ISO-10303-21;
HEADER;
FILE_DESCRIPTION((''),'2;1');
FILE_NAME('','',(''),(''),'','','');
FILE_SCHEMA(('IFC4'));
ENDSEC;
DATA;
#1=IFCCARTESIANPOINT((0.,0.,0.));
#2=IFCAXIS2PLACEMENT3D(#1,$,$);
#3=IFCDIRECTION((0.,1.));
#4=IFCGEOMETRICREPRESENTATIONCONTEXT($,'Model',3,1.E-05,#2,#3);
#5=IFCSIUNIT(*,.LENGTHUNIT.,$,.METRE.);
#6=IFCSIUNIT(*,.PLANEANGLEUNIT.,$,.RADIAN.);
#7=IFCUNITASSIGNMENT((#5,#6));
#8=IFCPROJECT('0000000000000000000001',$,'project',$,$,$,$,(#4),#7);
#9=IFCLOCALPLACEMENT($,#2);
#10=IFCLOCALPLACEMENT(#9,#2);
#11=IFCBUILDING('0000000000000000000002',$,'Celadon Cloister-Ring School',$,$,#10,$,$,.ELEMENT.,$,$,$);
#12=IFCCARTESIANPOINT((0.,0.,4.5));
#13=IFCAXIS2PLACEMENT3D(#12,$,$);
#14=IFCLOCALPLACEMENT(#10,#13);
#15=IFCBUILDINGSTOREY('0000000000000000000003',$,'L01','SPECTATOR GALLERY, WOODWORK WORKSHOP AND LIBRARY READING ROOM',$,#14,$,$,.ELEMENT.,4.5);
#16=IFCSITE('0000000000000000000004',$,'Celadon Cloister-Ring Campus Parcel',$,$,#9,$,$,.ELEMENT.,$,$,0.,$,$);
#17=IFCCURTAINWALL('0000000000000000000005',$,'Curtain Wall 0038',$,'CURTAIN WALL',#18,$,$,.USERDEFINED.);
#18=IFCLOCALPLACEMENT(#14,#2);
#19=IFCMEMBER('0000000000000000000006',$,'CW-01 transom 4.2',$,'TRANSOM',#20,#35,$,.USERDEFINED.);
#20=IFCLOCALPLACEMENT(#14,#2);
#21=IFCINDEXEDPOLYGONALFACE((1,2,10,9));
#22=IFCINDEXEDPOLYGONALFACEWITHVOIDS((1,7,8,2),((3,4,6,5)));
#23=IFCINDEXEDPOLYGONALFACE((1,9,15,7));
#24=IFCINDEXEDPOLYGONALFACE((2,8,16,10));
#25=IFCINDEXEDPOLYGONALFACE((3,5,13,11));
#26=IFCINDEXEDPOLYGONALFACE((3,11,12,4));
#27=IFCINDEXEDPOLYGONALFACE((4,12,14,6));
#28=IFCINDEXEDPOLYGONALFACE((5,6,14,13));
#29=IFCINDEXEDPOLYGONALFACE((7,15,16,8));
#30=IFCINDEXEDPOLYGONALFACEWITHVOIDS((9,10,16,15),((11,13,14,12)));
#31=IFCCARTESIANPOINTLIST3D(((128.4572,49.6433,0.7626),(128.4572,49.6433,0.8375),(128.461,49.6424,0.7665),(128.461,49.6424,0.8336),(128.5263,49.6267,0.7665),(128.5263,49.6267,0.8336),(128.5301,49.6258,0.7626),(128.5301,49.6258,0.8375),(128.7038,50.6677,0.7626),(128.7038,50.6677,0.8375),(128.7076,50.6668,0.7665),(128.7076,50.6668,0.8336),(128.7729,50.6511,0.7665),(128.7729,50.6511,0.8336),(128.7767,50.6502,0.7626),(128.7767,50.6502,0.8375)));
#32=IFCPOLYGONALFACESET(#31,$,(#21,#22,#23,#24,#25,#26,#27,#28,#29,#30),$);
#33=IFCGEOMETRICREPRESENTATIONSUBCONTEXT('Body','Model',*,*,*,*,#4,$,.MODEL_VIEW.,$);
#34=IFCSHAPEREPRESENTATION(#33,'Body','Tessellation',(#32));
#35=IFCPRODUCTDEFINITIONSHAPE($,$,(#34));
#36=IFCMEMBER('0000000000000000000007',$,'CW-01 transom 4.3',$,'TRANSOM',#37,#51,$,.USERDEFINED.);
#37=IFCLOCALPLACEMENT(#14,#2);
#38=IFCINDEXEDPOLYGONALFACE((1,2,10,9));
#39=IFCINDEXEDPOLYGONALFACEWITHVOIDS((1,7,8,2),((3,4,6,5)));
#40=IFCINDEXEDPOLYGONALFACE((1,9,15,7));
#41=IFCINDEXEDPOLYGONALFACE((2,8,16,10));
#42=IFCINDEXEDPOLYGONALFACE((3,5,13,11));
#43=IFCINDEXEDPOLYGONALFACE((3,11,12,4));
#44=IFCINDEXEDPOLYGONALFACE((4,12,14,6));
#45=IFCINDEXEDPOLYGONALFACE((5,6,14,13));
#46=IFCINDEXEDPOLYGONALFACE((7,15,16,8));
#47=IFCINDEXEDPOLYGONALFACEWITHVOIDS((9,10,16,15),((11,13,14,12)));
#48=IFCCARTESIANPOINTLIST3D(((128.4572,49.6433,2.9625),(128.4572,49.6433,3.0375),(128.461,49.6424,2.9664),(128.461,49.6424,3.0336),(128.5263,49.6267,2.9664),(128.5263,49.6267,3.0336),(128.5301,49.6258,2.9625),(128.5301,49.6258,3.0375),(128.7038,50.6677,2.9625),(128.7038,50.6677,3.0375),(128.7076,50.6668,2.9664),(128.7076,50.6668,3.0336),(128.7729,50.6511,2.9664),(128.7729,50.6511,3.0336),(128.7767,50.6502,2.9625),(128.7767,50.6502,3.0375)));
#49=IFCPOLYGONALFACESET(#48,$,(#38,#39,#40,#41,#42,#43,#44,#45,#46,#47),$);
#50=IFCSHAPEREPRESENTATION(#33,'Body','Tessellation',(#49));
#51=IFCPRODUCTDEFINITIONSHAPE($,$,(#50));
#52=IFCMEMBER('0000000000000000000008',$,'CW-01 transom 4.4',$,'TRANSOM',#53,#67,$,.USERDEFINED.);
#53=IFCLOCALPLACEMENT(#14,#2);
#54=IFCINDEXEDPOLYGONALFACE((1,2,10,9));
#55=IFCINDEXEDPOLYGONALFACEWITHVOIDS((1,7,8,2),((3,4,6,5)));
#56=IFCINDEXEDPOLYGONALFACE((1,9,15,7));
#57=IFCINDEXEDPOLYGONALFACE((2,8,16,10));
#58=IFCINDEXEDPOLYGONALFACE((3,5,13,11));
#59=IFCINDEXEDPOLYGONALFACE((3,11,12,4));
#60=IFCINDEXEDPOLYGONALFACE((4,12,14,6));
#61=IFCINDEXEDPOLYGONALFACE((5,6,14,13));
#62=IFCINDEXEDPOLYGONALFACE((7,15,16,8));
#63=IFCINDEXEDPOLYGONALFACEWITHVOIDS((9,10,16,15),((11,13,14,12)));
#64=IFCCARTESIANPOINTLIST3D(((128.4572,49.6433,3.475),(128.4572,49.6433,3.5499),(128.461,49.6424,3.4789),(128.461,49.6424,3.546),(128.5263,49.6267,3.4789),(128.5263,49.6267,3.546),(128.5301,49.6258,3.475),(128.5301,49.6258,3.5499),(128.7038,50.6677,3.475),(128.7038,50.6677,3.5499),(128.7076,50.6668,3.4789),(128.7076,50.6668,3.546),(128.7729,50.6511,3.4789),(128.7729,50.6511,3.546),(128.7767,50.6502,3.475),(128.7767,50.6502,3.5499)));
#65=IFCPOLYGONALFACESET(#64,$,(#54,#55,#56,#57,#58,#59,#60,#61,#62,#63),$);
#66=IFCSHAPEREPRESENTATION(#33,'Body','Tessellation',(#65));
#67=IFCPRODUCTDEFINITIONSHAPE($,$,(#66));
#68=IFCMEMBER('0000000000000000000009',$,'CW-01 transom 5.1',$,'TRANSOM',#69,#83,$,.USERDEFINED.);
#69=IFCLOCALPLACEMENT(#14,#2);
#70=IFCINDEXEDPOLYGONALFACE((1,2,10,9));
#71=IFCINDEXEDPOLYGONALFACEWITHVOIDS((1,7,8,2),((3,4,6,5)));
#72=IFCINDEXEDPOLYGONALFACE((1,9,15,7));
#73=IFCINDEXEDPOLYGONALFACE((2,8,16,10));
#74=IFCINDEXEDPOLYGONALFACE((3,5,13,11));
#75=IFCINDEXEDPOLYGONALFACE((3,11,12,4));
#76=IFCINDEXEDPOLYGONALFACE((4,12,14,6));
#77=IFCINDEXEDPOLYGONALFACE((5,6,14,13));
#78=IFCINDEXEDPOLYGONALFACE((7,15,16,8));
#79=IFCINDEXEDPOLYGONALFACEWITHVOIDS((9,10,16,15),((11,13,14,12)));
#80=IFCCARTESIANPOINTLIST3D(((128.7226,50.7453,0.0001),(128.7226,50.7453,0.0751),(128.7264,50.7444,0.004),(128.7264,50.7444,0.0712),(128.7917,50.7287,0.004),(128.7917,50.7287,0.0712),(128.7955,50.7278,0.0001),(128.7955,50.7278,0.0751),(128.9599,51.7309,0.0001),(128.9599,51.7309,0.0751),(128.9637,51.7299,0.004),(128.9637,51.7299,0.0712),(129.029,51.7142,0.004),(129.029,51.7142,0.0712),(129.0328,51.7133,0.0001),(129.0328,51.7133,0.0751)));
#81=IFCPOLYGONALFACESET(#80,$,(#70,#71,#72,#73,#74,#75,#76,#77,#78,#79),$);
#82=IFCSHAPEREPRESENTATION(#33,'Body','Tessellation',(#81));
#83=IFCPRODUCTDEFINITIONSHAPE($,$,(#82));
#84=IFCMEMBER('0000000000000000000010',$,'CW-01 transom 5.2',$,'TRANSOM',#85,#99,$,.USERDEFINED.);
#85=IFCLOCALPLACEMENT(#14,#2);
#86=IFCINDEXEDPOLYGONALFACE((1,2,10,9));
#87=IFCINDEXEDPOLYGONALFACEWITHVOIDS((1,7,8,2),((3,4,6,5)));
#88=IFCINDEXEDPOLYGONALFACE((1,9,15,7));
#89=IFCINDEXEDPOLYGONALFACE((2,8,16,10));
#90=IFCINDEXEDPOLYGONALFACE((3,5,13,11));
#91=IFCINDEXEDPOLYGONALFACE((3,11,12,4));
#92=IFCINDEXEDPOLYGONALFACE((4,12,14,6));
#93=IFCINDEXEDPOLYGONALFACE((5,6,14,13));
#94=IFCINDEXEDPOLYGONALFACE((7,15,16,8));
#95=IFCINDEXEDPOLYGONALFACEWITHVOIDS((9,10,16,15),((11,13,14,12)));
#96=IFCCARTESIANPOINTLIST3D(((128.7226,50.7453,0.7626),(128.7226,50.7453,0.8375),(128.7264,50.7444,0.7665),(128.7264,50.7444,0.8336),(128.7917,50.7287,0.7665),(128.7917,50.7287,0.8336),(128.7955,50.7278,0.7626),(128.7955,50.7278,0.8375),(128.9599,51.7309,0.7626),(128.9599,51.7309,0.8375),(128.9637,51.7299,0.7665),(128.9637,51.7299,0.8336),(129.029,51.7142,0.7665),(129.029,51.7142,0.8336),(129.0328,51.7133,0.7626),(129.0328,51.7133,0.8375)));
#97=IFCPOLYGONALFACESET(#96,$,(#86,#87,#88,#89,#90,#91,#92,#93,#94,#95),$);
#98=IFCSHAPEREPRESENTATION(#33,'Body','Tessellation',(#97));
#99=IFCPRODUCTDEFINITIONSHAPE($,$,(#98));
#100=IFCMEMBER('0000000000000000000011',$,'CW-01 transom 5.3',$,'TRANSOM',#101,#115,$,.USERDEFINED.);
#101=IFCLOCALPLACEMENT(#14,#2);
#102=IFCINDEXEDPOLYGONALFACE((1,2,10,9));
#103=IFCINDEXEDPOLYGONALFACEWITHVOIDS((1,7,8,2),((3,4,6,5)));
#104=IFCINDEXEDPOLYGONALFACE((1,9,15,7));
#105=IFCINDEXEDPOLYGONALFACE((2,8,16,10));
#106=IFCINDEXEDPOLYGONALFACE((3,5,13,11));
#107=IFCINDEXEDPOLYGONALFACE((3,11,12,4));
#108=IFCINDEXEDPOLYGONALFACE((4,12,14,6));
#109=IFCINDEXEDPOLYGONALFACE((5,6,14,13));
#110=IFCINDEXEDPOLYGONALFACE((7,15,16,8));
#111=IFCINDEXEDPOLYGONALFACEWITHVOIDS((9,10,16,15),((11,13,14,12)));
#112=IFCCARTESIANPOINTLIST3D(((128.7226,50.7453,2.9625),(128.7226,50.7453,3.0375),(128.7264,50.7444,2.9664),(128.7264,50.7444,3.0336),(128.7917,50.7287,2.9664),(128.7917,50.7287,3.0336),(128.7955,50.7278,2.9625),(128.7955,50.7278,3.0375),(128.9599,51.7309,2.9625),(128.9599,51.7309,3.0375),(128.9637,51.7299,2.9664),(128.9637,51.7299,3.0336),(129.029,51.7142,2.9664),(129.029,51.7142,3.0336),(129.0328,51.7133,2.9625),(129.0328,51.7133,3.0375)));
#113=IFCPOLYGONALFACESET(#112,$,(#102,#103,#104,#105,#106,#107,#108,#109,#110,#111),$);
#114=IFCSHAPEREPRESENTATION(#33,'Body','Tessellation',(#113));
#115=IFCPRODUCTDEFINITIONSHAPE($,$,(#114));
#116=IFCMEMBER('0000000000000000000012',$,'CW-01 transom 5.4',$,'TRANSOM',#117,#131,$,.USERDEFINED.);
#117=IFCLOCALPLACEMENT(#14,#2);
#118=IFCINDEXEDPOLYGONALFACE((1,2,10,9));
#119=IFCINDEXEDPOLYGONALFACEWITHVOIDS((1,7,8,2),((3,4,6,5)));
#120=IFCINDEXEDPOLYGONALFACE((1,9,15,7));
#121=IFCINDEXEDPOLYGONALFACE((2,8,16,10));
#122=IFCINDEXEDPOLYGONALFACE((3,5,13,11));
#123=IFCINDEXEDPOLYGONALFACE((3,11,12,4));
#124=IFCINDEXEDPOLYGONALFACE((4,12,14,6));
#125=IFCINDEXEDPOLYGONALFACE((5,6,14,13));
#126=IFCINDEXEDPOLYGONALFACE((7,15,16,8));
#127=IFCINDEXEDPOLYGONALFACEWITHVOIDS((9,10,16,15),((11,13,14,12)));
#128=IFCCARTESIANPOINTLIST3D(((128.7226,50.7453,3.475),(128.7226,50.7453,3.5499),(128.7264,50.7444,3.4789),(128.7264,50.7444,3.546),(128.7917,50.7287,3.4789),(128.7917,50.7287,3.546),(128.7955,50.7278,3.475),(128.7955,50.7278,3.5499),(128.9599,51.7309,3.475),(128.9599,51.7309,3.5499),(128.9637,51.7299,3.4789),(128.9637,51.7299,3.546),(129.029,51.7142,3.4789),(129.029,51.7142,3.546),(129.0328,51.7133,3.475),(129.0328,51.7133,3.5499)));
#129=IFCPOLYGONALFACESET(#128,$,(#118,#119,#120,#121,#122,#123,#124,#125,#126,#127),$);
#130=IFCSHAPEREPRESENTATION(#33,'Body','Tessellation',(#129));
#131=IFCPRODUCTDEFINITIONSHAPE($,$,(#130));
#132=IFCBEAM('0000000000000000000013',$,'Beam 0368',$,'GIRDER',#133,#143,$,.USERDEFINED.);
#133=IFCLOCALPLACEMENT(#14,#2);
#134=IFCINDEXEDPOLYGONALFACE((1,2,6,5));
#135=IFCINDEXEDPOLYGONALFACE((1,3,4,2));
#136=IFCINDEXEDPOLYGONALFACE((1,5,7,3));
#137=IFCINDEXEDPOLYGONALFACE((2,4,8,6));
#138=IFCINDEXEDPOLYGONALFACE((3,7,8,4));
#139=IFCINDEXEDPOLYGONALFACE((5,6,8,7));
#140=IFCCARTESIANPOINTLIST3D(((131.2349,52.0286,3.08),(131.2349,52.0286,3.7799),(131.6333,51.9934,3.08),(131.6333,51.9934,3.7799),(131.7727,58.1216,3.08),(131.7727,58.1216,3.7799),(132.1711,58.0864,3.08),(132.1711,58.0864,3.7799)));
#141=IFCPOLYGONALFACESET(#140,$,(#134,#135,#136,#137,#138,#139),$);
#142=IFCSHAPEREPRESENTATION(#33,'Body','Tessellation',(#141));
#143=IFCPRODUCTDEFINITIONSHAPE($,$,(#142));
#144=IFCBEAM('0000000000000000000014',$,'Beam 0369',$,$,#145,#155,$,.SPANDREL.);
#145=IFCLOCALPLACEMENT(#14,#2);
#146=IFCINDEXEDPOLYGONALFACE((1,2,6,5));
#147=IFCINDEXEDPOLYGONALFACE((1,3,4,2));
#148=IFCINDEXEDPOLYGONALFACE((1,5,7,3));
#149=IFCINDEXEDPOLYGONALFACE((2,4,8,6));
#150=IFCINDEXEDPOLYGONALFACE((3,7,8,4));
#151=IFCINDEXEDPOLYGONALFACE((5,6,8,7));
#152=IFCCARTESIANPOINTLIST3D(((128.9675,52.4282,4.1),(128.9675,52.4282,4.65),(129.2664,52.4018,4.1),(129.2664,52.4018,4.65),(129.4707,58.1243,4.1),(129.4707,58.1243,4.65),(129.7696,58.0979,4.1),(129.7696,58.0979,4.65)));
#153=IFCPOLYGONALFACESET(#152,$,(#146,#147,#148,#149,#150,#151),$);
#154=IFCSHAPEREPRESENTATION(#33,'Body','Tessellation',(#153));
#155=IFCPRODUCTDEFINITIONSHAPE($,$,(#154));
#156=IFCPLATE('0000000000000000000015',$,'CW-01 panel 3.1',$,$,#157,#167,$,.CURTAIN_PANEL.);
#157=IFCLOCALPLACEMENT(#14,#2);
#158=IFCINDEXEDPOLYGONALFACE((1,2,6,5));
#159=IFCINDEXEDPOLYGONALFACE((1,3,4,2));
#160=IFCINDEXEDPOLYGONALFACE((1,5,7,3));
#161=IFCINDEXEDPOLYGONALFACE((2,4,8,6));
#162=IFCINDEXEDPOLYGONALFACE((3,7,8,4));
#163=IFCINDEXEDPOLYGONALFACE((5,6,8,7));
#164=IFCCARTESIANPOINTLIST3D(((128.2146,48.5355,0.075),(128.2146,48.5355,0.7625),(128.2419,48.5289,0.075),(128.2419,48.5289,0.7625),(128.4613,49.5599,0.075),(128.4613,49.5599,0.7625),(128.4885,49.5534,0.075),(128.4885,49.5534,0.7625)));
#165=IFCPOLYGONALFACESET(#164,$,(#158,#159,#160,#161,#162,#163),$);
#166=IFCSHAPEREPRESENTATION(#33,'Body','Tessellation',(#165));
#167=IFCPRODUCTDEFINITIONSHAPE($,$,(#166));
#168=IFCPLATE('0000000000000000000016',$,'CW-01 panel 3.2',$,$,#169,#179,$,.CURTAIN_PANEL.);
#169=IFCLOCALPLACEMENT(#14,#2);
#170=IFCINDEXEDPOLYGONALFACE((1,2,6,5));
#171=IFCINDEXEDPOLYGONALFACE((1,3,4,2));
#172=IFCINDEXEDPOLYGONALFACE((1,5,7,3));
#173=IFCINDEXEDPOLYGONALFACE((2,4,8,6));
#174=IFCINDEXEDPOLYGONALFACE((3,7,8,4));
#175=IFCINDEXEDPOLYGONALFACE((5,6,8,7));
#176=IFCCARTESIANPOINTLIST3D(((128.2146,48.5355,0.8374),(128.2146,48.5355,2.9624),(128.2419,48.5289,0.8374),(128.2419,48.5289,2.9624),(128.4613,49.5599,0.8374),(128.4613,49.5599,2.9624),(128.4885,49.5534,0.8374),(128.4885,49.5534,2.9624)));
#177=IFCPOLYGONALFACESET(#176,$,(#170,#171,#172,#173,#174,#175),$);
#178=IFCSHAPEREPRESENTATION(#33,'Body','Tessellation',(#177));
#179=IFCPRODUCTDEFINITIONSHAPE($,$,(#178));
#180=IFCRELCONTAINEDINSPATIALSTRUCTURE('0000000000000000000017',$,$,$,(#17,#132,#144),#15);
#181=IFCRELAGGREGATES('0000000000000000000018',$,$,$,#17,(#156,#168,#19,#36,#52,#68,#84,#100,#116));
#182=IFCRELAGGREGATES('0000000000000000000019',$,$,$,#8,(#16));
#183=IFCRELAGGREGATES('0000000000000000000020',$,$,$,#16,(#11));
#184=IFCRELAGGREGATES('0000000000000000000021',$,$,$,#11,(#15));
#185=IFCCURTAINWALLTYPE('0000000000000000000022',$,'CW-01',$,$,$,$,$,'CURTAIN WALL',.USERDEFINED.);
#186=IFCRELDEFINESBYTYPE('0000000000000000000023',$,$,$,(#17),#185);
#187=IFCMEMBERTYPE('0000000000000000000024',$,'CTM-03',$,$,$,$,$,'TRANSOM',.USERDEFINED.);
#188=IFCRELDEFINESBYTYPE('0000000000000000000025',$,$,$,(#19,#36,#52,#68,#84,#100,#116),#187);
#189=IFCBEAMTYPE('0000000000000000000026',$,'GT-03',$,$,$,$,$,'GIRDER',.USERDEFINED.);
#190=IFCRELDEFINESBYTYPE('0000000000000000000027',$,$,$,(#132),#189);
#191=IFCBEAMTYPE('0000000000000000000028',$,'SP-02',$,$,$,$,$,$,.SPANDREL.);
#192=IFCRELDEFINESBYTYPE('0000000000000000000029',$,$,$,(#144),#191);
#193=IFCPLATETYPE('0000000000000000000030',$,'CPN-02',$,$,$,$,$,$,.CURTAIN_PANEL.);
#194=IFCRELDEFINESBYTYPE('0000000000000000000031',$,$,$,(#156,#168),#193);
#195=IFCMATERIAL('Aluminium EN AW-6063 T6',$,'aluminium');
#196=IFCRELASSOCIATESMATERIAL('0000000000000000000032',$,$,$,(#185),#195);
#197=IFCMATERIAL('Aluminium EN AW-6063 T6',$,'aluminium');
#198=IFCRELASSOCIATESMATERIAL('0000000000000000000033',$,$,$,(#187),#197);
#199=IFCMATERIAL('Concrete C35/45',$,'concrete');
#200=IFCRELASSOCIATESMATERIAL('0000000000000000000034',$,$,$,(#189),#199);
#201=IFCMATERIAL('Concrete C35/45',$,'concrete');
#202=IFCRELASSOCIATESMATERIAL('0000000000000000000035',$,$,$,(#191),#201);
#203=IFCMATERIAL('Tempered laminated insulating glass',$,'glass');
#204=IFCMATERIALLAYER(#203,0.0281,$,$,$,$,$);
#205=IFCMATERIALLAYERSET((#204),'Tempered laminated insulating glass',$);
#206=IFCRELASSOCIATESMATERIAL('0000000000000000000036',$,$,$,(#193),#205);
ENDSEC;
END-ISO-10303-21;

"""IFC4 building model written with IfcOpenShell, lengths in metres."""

from ifc_helpers import new_model, si_unit, direction, frame, origin, origin_2d, place, context, subcontext, project, spatial, rectangle, hollow_rectangle, extrude, material, layer, layer_set, material_profile, profile_set, type_object, element, aggregate, save


model = new_model("IFC4")

# Units and contexts
model_context = context("Model", 3, precision=1e-05, world=origin(), true_north=direction((0.0, 1.0)))
body_context = subcontext(model_context, "Body", "Model", "MODEL_VIEW")
ifc_project = project(units=[si_unit("LENGTHUNIT", "METRE"), si_unit("PLANEANGLEUNIT", "RADIAN")], contexts=[model_context])

# Site, building, storey
site_placement = place(None, origin())
site = spatial("IfcSite", under=ifc_project, at=site_placement, Name="Celadon Cloister-Ring Campus Parcel", CompositionType="ELEMENT", RefElevation=0.0)
building_placement = place(site_placement, origin())
building = spatial("IfcBuilding", under=site, at=building_placement, Name="Celadon Cloister-Ring School", CompositionType="ELEMENT")
storey_placement = place(building_placement, frame((0.0, 0.0, 4.5)))
storey = spatial("IfcBuildingStorey", under=building, at=storey_placement, Name="L01", Description="SPECTATOR GALLERY, WOODWORK WORKSHOP AND LIBRARY READING ROOM", CompositionType="ELEMENT", Elevation=4.5)

# Curtain wall, members
ifc_material_1 = material(Name="Aluminium EN AW-6063 T6", Category="aluminium")
curtain_wall_type = type_object("IfcCurtainWallType", Name="CW-01", ElementType="CURTAIN WALL", PredefinedType="USERDEFINED", material=ifc_material_1)
curtain_wall_placement = place(storey_placement, origin())
curtain_wall = element("IfcCurtainWall", 1, at=curtain_wall_placement, inside=storey, type_object=curtain_wall_type, Name="Curtain Wall 0038", ObjectType="CURTAIN WALL", PredefinedType="USERDEFINED")
ifc_material_2 = material(Name="Aluminium EN AW-6063 T6", Category="aluminium")
ifc_material_profile_1 = material_profile(ifc_material_2, hollow_rectangle(XDim=0.075, YDim=0.075, WallThickness=0.0039, at=origin_2d()), Name="RHS75X75X4")
ifc_profile_set_1 = profile_set([ifc_material_profile_1], Name="Aluminium EN AW-6063 T6")
member_type_1 = type_object("IfcMemberType", Name="CTM-03", ElementType="TRANSOM", PredefinedType="USERDEFINED", material=ifc_profile_set_1)
member_1_placement = place(storey_placement, frame((128.4937, 49.6345, 0.8), z_axis=(0.234021, 0.972231, 0.0), x_axis=(-0.972231, 0.234021, 0.0)))
member_1 = element("IfcMember", 2, at=member_1_placement, type_object=member_type_1, Name="CW-01 transom 4.2", ObjectType="TRANSOM", PredefinedType="USERDEFINED", context=body_context, shape_type="SweptSolid", body=[
    extrude(hollow_rectangle(XDim=0.075, YDim=0.075, WallThickness=0.0039, at=origin_2d()), origin(), (0.0, 0.0, 1.0), 1.0537),
])
member_2_placement = place(storey_placement, frame((128.4937, 49.6345, 3.0), z_axis=(0.234021, 0.972231, 0.0), x_axis=(-0.972231, 0.234021, 0.0)))
member_2 = element("IfcMember", 3, at=member_2_placement, type_object=member_type_1, Name="CW-01 transom 4.3", ObjectType="TRANSOM", PredefinedType="USERDEFINED", context=body_context, shape_type="SweptSolid", body=[
    extrude(hollow_rectangle(XDim=0.075, YDim=0.075, WallThickness=0.0039, at=origin_2d()), origin(), (0.0, 0.0, 1.0), 1.0537),
])
member_3_placement = place(storey_placement, frame((128.4937, 49.6345, 3.5125), z_axis=(0.234021, 0.972231, 0.0), x_axis=(-0.972231, 0.234021, 0.0)))
member_3 = element("IfcMember", 4, at=member_3_placement, type_object=member_type_1, Name="CW-01 transom 4.4", ObjectType="TRANSOM", PredefinedType="USERDEFINED", context=body_context, shape_type="SweptSolid", body=[
    extrude(hollow_rectangle(XDim=0.075, YDim=0.075, WallThickness=0.0039, at=origin_2d()), origin(), (0.0, 0.0, 1.0), 1.0537),
])
member_4_placement = place(storey_placement, frame((128.759, 50.7366, 0.0376), z_axis=(0.234083, 0.972217, 0.0), x_axis=(-0.972217, 0.234083, 0.0)))
member_4 = element("IfcMember", 5, at=member_4_placement, type_object=member_type_1, Name="CW-01 transom 5.1", ObjectType="TRANSOM", PredefinedType="USERDEFINED", context=body_context, shape_type="SweptSolid", body=[
    extrude(hollow_rectangle(XDim=0.075, YDim=0.075, WallThickness=0.0039, at=origin_2d()), origin(), (0.0, 0.0, 1.0), 1.0137),
])
member_5_placement = place(storey_placement, frame((128.759, 50.7366, 0.8), z_axis=(0.234083, 0.972217, 0.0), x_axis=(-0.972217, 0.234083, 0.0)))
member_5 = element("IfcMember", 6, at=member_5_placement, type_object=member_type_1, Name="CW-01 transom 5.2", ObjectType="TRANSOM", PredefinedType="USERDEFINED", context=body_context, shape_type="SweptSolid", body=[
    extrude(hollow_rectangle(XDim=0.075, YDim=0.075, WallThickness=0.0039, at=origin_2d()), origin(), (0.0, 0.0, 1.0), 1.0137),
])
member_6_placement = place(storey_placement, frame((128.759, 50.7366, 3.0), z_axis=(0.234083, 0.972217, 0.0), x_axis=(-0.972217, 0.234083, 0.0)))
member_6 = element("IfcMember", 7, at=member_6_placement, type_object=member_type_1, Name="CW-01 transom 5.3", ObjectType="TRANSOM", PredefinedType="USERDEFINED", context=body_context, shape_type="SweptSolid", body=[
    extrude(hollow_rectangle(XDim=0.075, YDim=0.075, WallThickness=0.0039, at=origin_2d()), origin(), (0.0, 0.0, 1.0), 1.0137),
])
member_7_placement = place(storey_placement, frame((128.759, 50.7366, 3.5125), z_axis=(0.234083, 0.972217, 0.0), x_axis=(-0.972217, 0.234083, 0.0)))
member_7 = element("IfcMember", 8, at=member_7_placement, type_object=member_type_1, Name="CW-01 transom 5.4", ObjectType="TRANSOM", PredefinedType="USERDEFINED", context=body_context, shape_type="SweptSolid", body=[
    extrude(hollow_rectangle(XDim=0.075, YDim=0.075, WallThickness=0.0039, at=origin_2d()), origin(), (0.0, 0.0, 1.0), 1.0137),
])

# Beams
ifc_material_3 = material(Name="Concrete C35/45", Category="concrete")
ifc_material_profile_2 = material_profile(ifc_material_3, rectangle(XDim=0.3999, YDim=0.7, at=origin_2d()), Name="RC400X700")
ifc_profile_set_2 = profile_set([ifc_material_profile_2], Name="Concrete C35/45")
beam_type_1 = type_object("IfcBeamType", Name="GT-03", ElementType="GIRDER", PredefinedType="USERDEFINED", material=ifc_profile_set_2)
beam_1_placement = place(storey_placement, frame((131.4341, 52.011, 3.4299), z_axis=(0.08793, 0.996127, 0.0), x_axis=(-0.996127, 0.08793, 0.0)))
element("IfcBeam", 9, at=beam_1_placement, inside=storey, type_object=beam_type_1, Name="Beam 0368", ObjectType="GIRDER", PredefinedType="USERDEFINED", context=body_context, shape_type="SweptSolid", body=[
    extrude(rectangle(XDim=0.3999, YDim=0.7, at=origin_2d()), origin(), (0.0, 0.0, 1.0), 6.1167),
])
ifc_material_4 = material(Name="Concrete C35/45", Category="concrete")
ifc_material_profile_3 = material_profile(ifc_material_4, rectangle(XDim=0.3, YDim=0.55, at=origin_2d()), Name="RC300X550")
ifc_profile_set_3 = profile_set([ifc_material_profile_3], Name="Concrete C35/45")
beam_type_2 = type_object("IfcBeamType", Name="SP-02", PredefinedType="SPANDREL", material=ifc_profile_set_3)
beam_2_placement = place(storey_placement, frame((129.1169, 52.415, 4.375), z_axis=(0.087995, 0.996121, 0.0), x_axis=(-0.996121, 0.087995, 0.0)))
element("IfcBeam", 10, at=beam_2_placement, inside=storey, type_object=beam_type_2, Name="Beam 0369", PredefinedType="SPANDREL", context=body_context, shape_type="SweptSolid", body=[
    extrude(rectangle(XDim=0.3, YDim=0.55, at=origin_2d()), origin(), (0.0, 0.0, 1.0), 5.7183),
])

# Plates
ifc_material_5 = material(Name="Tempered laminated insulating glass", Category="glass")
ifc_layer_1 = layer(ifc_material_5, 0.0281)
ifc_layer_set_1 = layer_set([ifc_layer_1], Name="Tempered laminated insulating glass")
plate_type = type_object("IfcPlateType", Name="CPN-02", PredefinedType="CURTAIN_PANEL", material=ifc_layer_set_1)
plate_1_placement = place(storey_placement, frame((128.3516, 49.0444, 0.075), z_axis=(0.0, 0.0, 1.0), x_axis=(0.2341, 0.972212, 0.0)))
plate_1 = element("IfcPlate", 11, at=plate_1_placement, type_object=plate_type, Name="CW-01 panel 3.1", PredefinedType="CURTAIN_PANEL", context=body_context, shape_type="SweptSolid", body=[
    extrude(rectangle(XDim=1.0537, YDim=0.0281, at=origin_2d()), origin(), (0.0, 0.0, 1.0), 0.6875),
])
plate_2_placement = place(storey_placement, frame((128.3516, 49.0444, 0.8374), z_axis=(0.0, 0.0, 1.0), x_axis=(0.2341, 0.972212, 0.0)))
plate_2 = element("IfcPlate", 12, at=plate_2_placement, type_object=plate_type, Name="CW-01 panel 3.2", PredefinedType="CURTAIN_PANEL", context=body_context, shape_type="SweptSolid", body=[
    extrude(rectangle(XDim=1.0537, YDim=0.0281, at=origin_2d()), origin(), (0.0, 0.0, 1.0), 2.125),
])
aggregate(curtain_wall, [plate_1, plate_2, member_1, member_2, member_3, member_4, member_5, member_6, member_7])

save(model, "model.ifc")
